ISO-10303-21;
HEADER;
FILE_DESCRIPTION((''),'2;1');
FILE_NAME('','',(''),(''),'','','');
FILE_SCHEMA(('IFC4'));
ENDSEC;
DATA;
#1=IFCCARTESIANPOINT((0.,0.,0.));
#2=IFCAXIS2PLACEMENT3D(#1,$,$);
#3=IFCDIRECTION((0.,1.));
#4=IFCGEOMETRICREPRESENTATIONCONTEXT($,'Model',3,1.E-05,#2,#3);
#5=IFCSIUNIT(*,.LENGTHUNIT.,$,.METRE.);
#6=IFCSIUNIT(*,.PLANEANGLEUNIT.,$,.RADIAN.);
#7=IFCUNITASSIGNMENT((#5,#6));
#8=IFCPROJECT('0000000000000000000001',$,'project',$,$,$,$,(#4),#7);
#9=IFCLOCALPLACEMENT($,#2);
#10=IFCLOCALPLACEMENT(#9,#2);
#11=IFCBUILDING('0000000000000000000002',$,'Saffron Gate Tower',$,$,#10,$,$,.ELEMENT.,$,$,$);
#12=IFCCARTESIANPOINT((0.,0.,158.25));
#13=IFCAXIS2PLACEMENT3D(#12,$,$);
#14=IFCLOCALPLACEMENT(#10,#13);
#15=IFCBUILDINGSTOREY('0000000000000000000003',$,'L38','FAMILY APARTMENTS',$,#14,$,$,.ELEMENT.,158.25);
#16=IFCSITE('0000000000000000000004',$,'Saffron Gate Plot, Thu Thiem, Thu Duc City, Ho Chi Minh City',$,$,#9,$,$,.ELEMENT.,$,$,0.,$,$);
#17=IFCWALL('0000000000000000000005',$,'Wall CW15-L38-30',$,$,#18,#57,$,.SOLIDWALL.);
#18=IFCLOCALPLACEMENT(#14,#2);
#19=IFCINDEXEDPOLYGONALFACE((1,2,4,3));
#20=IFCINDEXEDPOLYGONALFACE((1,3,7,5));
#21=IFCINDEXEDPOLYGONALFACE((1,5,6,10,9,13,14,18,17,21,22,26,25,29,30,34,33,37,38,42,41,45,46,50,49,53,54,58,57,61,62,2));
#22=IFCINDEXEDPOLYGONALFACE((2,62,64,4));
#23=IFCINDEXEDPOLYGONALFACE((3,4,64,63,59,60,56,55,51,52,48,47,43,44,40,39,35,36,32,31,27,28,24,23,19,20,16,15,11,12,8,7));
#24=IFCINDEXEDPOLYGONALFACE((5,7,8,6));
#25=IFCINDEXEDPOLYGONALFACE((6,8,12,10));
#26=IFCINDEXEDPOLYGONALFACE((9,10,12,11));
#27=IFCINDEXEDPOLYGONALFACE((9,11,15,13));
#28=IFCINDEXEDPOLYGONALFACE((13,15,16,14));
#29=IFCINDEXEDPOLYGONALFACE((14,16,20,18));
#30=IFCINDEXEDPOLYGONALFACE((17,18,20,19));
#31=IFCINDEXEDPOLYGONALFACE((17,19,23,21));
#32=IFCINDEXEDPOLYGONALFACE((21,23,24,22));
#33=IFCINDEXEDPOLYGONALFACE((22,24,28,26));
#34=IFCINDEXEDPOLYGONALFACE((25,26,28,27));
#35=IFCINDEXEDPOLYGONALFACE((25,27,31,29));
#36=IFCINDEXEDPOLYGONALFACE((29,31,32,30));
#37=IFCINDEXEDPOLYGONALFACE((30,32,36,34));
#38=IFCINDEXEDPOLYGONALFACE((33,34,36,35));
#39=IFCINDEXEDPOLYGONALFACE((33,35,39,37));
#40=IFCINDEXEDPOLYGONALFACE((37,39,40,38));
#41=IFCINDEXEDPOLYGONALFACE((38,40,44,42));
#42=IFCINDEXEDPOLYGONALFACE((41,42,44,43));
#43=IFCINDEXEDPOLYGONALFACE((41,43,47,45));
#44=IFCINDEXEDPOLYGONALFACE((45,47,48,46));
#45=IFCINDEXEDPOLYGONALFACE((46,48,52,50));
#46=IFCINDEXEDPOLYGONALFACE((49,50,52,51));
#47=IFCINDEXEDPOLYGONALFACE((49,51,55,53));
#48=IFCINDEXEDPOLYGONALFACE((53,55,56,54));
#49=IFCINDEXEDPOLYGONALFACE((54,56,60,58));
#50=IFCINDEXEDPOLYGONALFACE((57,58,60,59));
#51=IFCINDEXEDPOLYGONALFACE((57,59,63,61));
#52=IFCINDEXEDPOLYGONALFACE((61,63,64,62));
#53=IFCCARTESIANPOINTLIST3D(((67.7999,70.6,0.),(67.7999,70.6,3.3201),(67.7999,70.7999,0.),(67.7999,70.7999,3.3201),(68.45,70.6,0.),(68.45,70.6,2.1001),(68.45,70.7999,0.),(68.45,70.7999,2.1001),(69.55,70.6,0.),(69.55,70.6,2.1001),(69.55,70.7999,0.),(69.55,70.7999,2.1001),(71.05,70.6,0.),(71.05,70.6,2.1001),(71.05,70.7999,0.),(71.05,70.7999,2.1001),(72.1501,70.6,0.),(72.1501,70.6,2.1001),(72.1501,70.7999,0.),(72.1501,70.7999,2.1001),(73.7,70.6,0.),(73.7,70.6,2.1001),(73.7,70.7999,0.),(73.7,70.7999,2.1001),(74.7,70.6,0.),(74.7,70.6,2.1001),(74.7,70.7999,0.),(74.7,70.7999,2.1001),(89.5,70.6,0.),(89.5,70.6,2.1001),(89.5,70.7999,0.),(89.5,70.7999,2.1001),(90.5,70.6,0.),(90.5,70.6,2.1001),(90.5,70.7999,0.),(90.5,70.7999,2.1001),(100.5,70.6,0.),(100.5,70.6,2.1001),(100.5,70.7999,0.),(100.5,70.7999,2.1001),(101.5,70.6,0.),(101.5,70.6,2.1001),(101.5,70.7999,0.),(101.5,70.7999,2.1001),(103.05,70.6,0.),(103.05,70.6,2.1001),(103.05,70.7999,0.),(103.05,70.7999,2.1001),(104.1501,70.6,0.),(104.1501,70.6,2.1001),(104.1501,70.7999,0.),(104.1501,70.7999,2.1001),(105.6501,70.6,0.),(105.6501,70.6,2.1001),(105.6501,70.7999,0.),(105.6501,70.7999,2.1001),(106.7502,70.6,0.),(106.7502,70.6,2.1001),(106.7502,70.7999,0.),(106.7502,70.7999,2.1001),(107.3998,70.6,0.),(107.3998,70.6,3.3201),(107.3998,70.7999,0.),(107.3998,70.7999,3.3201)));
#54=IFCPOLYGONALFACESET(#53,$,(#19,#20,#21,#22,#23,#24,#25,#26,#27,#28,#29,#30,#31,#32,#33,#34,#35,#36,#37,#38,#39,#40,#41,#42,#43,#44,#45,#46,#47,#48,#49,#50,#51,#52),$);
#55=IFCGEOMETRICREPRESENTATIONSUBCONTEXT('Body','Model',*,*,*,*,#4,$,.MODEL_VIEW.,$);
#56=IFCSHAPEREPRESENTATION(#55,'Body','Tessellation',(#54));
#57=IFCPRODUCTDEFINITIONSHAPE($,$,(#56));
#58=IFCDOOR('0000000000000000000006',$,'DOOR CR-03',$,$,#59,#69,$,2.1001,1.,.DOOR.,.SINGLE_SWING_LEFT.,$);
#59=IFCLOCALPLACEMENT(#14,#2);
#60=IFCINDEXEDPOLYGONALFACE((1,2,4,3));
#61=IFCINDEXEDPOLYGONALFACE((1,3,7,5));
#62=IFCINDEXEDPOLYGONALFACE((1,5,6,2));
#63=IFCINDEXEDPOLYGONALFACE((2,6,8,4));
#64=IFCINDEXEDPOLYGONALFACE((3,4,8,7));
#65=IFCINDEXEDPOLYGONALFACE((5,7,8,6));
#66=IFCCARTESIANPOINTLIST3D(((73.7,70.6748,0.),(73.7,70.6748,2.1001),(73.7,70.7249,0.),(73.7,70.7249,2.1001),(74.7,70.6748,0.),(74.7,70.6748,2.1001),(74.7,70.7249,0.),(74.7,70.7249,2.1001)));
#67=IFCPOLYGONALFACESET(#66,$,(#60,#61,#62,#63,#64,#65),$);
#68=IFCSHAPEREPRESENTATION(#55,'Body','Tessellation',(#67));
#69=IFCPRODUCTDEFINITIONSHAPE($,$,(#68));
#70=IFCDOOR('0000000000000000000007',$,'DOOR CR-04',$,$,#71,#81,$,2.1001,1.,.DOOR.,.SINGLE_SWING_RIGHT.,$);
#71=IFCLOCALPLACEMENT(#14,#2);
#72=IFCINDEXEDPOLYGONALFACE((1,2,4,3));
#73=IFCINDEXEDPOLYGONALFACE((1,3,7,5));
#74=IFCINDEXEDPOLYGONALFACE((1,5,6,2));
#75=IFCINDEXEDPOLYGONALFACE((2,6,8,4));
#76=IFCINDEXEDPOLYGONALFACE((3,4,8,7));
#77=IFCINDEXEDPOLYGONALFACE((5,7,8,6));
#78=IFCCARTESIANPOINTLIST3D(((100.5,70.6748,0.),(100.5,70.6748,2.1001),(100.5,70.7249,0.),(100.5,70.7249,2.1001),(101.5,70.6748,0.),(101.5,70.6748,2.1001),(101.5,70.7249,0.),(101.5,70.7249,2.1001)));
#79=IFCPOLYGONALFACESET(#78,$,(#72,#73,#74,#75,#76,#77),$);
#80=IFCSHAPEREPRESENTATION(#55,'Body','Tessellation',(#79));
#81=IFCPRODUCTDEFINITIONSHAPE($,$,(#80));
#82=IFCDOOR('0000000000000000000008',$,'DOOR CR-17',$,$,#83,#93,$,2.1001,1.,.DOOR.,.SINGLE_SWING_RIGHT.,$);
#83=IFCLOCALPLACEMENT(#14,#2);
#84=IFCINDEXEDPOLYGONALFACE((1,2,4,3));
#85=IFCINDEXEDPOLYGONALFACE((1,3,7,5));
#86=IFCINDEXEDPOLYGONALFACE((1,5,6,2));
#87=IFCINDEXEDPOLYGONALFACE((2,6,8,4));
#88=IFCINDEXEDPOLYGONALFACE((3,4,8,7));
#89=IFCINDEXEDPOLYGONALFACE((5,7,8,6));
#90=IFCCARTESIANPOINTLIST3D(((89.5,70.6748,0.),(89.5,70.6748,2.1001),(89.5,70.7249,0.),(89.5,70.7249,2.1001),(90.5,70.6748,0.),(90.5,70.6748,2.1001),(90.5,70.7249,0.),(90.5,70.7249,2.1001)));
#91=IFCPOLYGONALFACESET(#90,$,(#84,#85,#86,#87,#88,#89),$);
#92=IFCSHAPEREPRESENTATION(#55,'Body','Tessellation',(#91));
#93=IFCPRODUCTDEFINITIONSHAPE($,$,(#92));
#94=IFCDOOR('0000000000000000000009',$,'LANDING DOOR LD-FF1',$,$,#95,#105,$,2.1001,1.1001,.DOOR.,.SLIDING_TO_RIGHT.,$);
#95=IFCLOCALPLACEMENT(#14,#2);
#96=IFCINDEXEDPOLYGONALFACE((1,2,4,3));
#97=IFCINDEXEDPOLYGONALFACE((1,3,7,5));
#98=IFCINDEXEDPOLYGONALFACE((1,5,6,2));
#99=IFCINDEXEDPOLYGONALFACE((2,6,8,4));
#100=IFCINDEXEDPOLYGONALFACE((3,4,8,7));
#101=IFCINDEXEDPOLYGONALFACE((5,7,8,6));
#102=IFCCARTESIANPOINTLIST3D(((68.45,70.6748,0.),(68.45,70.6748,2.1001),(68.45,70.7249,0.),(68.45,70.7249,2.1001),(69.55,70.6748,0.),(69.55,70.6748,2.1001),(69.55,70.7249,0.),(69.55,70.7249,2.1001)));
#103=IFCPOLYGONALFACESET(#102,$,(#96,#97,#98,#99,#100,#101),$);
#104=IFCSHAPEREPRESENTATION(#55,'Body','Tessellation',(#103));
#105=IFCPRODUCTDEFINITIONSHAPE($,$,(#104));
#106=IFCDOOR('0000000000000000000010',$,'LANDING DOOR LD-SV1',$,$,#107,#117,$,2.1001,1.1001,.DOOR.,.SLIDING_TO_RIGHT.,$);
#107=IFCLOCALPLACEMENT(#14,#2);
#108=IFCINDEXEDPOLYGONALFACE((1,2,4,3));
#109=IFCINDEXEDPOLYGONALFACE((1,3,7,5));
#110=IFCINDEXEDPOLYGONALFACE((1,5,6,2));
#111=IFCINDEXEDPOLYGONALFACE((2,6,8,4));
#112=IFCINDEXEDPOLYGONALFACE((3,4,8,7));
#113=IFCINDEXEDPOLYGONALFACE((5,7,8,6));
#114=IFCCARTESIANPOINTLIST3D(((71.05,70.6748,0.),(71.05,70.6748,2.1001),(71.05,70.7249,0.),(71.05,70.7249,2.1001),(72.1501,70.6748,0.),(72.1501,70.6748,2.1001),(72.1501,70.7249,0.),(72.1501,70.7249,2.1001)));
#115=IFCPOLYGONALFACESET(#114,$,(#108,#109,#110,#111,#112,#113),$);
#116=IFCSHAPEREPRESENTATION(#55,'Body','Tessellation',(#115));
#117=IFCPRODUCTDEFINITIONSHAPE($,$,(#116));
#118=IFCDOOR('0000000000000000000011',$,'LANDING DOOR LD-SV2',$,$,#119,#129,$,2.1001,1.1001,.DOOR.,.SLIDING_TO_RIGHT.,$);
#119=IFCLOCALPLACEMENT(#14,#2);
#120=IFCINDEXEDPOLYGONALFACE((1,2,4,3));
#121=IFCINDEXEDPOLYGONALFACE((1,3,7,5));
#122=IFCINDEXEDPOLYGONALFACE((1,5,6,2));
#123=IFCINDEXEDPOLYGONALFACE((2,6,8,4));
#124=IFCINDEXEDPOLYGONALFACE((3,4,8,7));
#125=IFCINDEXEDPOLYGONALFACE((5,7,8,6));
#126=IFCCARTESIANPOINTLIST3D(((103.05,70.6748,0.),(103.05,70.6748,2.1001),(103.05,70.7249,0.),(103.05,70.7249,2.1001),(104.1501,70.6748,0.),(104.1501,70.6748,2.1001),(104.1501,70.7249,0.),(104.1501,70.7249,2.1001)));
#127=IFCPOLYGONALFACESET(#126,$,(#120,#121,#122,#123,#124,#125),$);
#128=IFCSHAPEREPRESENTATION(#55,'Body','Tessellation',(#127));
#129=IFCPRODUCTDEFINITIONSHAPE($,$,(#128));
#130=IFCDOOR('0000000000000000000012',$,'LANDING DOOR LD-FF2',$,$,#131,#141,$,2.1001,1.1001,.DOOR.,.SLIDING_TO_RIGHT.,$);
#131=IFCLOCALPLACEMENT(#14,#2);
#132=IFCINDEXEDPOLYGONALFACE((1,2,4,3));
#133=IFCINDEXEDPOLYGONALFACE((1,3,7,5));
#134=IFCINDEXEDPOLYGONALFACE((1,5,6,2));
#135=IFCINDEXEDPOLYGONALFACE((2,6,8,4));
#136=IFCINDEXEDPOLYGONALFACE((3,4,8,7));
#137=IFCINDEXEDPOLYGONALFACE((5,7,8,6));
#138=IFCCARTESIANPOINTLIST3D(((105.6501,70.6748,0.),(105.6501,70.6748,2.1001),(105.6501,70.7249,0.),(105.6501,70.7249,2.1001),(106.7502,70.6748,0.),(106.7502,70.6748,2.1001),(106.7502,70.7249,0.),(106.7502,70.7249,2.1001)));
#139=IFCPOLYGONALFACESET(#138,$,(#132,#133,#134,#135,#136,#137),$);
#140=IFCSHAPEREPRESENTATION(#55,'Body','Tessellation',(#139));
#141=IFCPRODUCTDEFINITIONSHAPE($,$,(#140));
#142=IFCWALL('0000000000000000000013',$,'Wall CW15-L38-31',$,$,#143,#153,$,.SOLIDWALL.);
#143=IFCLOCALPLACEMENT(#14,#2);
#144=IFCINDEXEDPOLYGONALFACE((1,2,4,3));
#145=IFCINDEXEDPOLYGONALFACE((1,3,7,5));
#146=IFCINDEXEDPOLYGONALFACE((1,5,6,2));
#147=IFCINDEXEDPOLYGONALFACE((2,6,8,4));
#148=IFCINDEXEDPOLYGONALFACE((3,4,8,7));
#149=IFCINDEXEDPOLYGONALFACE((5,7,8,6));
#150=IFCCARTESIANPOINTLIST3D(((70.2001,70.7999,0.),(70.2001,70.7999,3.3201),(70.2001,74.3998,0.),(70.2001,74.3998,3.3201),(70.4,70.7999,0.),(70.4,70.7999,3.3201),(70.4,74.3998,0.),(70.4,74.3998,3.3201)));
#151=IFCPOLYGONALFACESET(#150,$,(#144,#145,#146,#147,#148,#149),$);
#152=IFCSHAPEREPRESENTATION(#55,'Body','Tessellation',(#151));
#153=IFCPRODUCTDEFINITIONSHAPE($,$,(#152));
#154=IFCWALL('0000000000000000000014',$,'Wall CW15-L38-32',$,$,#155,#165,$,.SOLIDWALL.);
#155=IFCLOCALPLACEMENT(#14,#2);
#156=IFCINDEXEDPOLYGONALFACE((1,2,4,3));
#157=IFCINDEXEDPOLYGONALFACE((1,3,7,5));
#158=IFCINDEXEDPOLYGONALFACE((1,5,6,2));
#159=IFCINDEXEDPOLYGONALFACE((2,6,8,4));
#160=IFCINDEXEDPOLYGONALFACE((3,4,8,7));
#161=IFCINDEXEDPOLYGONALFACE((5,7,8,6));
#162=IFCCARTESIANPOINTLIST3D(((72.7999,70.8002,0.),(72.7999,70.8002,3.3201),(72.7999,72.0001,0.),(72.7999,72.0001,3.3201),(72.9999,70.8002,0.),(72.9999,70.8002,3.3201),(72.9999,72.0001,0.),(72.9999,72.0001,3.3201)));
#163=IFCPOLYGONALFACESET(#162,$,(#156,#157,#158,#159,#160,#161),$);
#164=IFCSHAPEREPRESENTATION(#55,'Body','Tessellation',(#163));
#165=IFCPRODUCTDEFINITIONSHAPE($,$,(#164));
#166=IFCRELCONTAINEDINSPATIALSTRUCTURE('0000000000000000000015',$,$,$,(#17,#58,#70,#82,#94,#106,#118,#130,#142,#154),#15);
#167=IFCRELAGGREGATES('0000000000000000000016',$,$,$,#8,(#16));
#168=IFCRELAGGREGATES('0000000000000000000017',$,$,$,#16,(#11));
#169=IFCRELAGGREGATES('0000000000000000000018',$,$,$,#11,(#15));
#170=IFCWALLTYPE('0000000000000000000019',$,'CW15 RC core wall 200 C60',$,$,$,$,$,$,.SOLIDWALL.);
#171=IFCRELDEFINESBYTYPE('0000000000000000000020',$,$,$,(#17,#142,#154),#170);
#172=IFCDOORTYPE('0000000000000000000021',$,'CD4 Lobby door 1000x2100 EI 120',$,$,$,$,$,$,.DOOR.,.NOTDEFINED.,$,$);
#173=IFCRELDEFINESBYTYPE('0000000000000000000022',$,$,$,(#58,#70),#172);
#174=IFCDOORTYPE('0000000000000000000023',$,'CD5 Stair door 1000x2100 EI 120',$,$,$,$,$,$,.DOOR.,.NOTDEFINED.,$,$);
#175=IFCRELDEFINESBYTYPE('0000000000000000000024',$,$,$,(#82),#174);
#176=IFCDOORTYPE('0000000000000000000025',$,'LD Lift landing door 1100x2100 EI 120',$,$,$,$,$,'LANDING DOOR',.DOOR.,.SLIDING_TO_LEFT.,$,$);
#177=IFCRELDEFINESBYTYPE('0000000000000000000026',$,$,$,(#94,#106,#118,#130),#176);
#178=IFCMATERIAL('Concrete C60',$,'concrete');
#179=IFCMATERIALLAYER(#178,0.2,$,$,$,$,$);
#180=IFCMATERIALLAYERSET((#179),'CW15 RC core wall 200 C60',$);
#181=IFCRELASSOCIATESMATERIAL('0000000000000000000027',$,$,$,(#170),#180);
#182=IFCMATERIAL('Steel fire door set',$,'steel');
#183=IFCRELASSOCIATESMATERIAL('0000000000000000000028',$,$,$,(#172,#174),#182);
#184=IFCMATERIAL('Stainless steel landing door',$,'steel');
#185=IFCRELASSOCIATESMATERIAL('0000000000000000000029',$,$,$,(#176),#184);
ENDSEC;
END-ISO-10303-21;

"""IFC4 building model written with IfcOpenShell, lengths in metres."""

from ifc_helpers import new_model, si_unit, direction, frame, frame_2d, origin, place, context, subcontext, project, spatial, rectangle, extrude, material, layer, layer_set, type_object, element, fill, save


model = new_model("IFC4")

# Units and contexts
model_context = context("Model", 3, precision=1e-05, world=origin(), true_north=direction((0.0, 1.0)))
body_context = subcontext(model_context, "Body", "Model", "MODEL_VIEW")
ifc_project = project(units=[si_unit("LENGTHUNIT", "METRE"), si_unit("PLANEANGLEUNIT", "RADIAN")], contexts=[model_context])

# Site, building, storey
site_placement = place(None, origin())
site = spatial("IfcSite", under=ifc_project, at=site_placement, Name="Saffron Gate Plot, Thu Thiem, Thu Duc City, Ho Chi Minh City", CompositionType="ELEMENT", RefElevation=0.0)
building_placement = place(site_placement, origin())
building = spatial("IfcBuilding", under=site, at=building_placement, Name="Saffron Gate Tower", CompositionType="ELEMENT")
storey_placement = place(building_placement, frame((0.0, 0.0, 158.25)))
storey = spatial("IfcBuildingStorey", under=building, at=storey_placement, Name="L38", Description="FAMILY APARTMENTS", CompositionType="ELEMENT", Elevation=158.25)

# Shared definitions
ifc_material_1 = material(Name="Concrete C60", Category="concrete")

# Wall, openings, doors
ifc_layer_1 = layer(ifc_material_1, 0.2)
ifc_layer_set_1 = layer_set([ifc_layer_1], Name="CW15 RC core wall 200 C60")
wall_type_1 = type_object("IfcWallType", Name="CW15 RC core wall 200 C60", PredefinedType="SOLIDWALL", material=ifc_layer_set_1)
wall_1_placement = place(storey_placement, frame((67.8, 70.7, 0.0), z_axis=(0.0, 0.0, 1.0), x_axis=(1.0, 0.0, 0.0)))
wall_1 = element("IfcWall", 1, at=wall_1_placement, inside=storey, type_object=wall_type_1, Name="Wall CW15-L38-30", PredefinedType="SOLIDWALL", context=body_context, shape_type="SweptSolid", body=[
    extrude(rectangle(XDim=39.5999, YDim=0.2, at=frame_2d((19.7998, 0.0))), origin(), (0.0, 0.0, 1.0), 3.3201),
])
opening_1_placement = place(wall_1_placement, frame((0.6499, 0.0, 0.0)))
opening_1 = element("IfcOpeningElement", 2, at=opening_1_placement, cuts=wall_1, PredefinedType="OPENING", context=body_context, shape_type="SweptSolid", body=[
    extrude(rectangle(XDim=1.1001, YDim=2.1001, at=frame_2d((0.55, 1.05))), frame((0.0, 0.1099, 0.0), z_axis=(0.0, -1.0, 0.0), x_axis=(1.0, 0.0, 0.0)), (0.0, 0.0, 1.0), 0.22),
])
opening_2_placement = place(wall_1_placement, frame((3.25, 0.0, 0.0)))
opening_2 = element("IfcOpeningElement", 3, at=opening_2_placement, cuts=wall_1, PredefinedType="OPENING", context=body_context, shape_type="SweptSolid", body=[
    extrude(rectangle(XDim=1.1001, YDim=2.1001, at=frame_2d((0.55, 1.05))), frame((0.0, 0.1099, 0.0), z_axis=(0.0, -1.0, 0.0), x_axis=(1.0, 0.0, 0.0)), (0.0, 0.0, 1.0), 0.22),
])
opening_3_placement = place(wall_1_placement, frame((5.8999, 0.0, 0.0)))
opening_3 = element("IfcOpeningElement", 4, at=opening_3_placement, cuts=wall_1, PredefinedType="OPENING", context=body_context, shape_type="SweptSolid", body=[
    extrude(rectangle(XDim=1.0, YDim=2.1001, at=frame_2d((0.5, 1.05))), frame((0.0, 0.1099, 0.0), z_axis=(0.0, -1.0, 0.0), x_axis=(1.0, 0.0, 0.0)), (0.0, 0.0, 1.0), 0.22),
])
opening_4_placement = place(wall_1_placement, frame((21.7, 0.0, 0.0)))
opening_4 = element("IfcOpeningElement", 5, at=opening_4_placement, cuts=wall_1, PredefinedType="OPENING", context=body_context, shape_type="SweptSolid", body=[
    extrude(rectangle(XDim=1.0, YDim=2.1001, at=frame_2d((0.5, 1.05))), frame((0.0, 0.1099, 0.0), z_axis=(0.0, -1.0, 0.0), x_axis=(1.0, 0.0, 0.0)), (0.0, 0.0, 1.0), 0.22),
])
opening_5_placement = place(wall_1_placement, frame((32.7, 0.0, 0.0)))
opening_5 = element("IfcOpeningElement", 6, at=opening_5_placement, cuts=wall_1, PredefinedType="OPENING", context=body_context, shape_type="SweptSolid", body=[
    extrude(rectangle(XDim=1.0, YDim=2.1001, at=frame_2d((0.5, 1.05))), frame((0.0, 0.1099, 0.0), z_axis=(0.0, -1.0, 0.0), x_axis=(1.0, 0.0, 0.0)), (0.0, 0.0, 1.0), 0.22),
])
opening_6_placement = place(wall_1_placement, frame((35.25, 0.0, 0.0)))
opening_6 = element("IfcOpeningElement", 7, at=opening_6_placement, cuts=wall_1, PredefinedType="OPENING", context=body_context, shape_type="SweptSolid", body=[
    extrude(rectangle(XDim=1.1001, YDim=2.1001, at=frame_2d((0.55, 1.05))), frame((0.0, 0.1099, 0.0), z_axis=(0.0, -1.0, 0.0), x_axis=(1.0, 0.0, 0.0)), (0.0, 0.0, 1.0), 0.22),
])
opening_7_placement = place(wall_1_placement, frame((37.8501, 0.0, 0.0)))
opening_7 = element("IfcOpeningElement", 8, at=opening_7_placement, cuts=wall_1, PredefinedType="OPENING", context=body_context, shape_type="SweptSolid", body=[
    extrude(rectangle(XDim=1.1001, YDim=2.1001, at=frame_2d((0.55, 1.05))), frame((0.0, 0.1099, 0.0), z_axis=(0.0, -1.0, 0.0), x_axis=(1.0, 0.0, 0.0)), (0.0, 0.0, 1.0), 0.22),
])
ifc_material_2 = material(Name="Steel fire door set", Category="steel")
door_type_1 = type_object("IfcDoorType", Name="CD4 Lobby door 1000x2100 EI 120", OperationType="NOTDEFINED", PredefinedType="DOOR", material=ifc_material_2)
door_1_placement = place(opening_3_placement, origin())
door_1 = element("IfcDoor", 9, at=door_1_placement, inside=storey, type_object=door_type_1, Name="DOOR CR-03", OperationType="SINGLE_SWING_LEFT", OverallHeight=2.1001, OverallWidth=1.0, PredefinedType="DOOR", context=body_context, shape_type="SweptSolid", body=[
    extrude(rectangle(XDim=1.0, YDim=2.1001, at=frame_2d((0.5, 1.05))), frame((0.0, 0.0249, 0.0), z_axis=(0.0, -1.0, 0.0), x_axis=(1.0, 0.0, 0.0)), (0.0, 0.0, 1.0), 0.05),
])
fill(opening_3, door_1)
door_2_placement = place(opening_5_placement, origin())
door_2 = element("IfcDoor", 10, at=door_2_placement, inside=storey, type_object=door_type_1, Name="DOOR CR-04", OperationType="SINGLE_SWING_RIGHT", OverallHeight=2.1001, OverallWidth=1.0, PredefinedType="DOOR", context=body_context, shape_type="SweptSolid", body=[
    extrude(rectangle(XDim=1.0, YDim=2.1001, at=frame_2d((0.5, 1.05))), frame((0.0, 0.0249, 0.0), z_axis=(0.0, -1.0, 0.0), x_axis=(1.0, 0.0, 0.0)), (0.0, 0.0, 1.0), 0.05),
])
fill(opening_5, door_2)
door_type_2 = type_object("IfcDoorType", Name="CD5 Stair door 1000x2100 EI 120", OperationType="NOTDEFINED", PredefinedType="DOOR", material=ifc_material_2)
door_3_placement = place(opening_4_placement, origin())
door_3 = element("IfcDoor", 11, at=door_3_placement, inside=storey, type_object=door_type_2, Name="DOOR CR-17", OperationType="SINGLE_SWING_RIGHT", OverallHeight=2.1001, OverallWidth=1.0, PredefinedType="DOOR", context=body_context, shape_type="SweptSolid", body=[
    extrude(rectangle(XDim=1.0, YDim=2.1001, at=frame_2d((0.5, 1.05))), frame((0.0, 0.0249, 0.0), z_axis=(0.0, -1.0, 0.0), x_axis=(1.0, 0.0, 0.0)), (0.0, 0.0, 1.0), 0.05),
])
fill(opening_4, door_3)
ifc_material_3 = material(Name="Stainless steel landing door", Category="steel")
door_type_3 = type_object("IfcDoorType", Name="LD Lift landing door 1100x2100 EI 120", ElementType="LANDING DOOR", OperationType="SLIDING_TO_LEFT", PredefinedType="DOOR", material=ifc_material_3)
door_4_placement = place(opening_1_placement, origin())
door_4 = element("IfcDoor", 12, at=door_4_placement, inside=storey, type_object=door_type_3, Name="LANDING DOOR LD-FF1", OperationType="SLIDING_TO_RIGHT", OverallHeight=2.1001, OverallWidth=1.1001, PredefinedType="DOOR", context=body_context, shape_type="SweptSolid", body=[
    extrude(rectangle(XDim=1.1001, YDim=2.1001, at=frame_2d((0.55, 1.05))), frame((0.0, 0.0249, 0.0), z_axis=(0.0, -1.0, 0.0), x_axis=(1.0, 0.0, 0.0)), (0.0, 0.0, 1.0), 0.05),
])
fill(opening_1, door_4)
door_5_placement = place(opening_2_placement, origin())
door_5 = element("IfcDoor", 13, at=door_5_placement, inside=storey, type_object=door_type_3, Name="LANDING DOOR LD-SV1", OperationType="SLIDING_TO_RIGHT", OverallHeight=2.1001, OverallWidth=1.1001, PredefinedType="DOOR", context=body_context, shape_type="SweptSolid", body=[
    extrude(rectangle(XDim=1.1001, YDim=2.1001, at=frame_2d((0.55, 1.05))), frame((0.0, 0.0249, 0.0), z_axis=(0.0, -1.0, 0.0), x_axis=(1.0, 0.0, 0.0)), (0.0, 0.0, 1.0), 0.05),
])
fill(opening_2, door_5)
door_6_placement = place(opening_6_placement, origin())
door_6 = element("IfcDoor", 14, at=door_6_placement, inside=storey, type_object=door_type_3, Name="LANDING DOOR LD-SV2", OperationType="SLIDING_TO_RIGHT", OverallHeight=2.1001, OverallWidth=1.1001, PredefinedType="DOOR", context=body_context, shape_type="SweptSolid", body=[
    extrude(rectangle(XDim=1.1001, YDim=2.1001, at=frame_2d((0.55, 1.05))), frame((0.0, 0.0249, 0.0), z_axis=(0.0, -1.0, 0.0), x_axis=(1.0, 0.0, 0.0)), (0.0, 0.0, 1.0), 0.05),
])
fill(opening_6, door_6)
door_7_placement = place(opening_7_placement, origin())
door_7 = element("IfcDoor", 15, at=door_7_placement, inside=storey, type_object=door_type_3, Name="LANDING DOOR LD-FF2", OperationType="SLIDING_TO_RIGHT", OverallHeight=2.1001, OverallWidth=1.1001, PredefinedType="DOOR", context=body_context, shape_type="SweptSolid", body=[
    extrude(rectangle(XDim=1.1001, YDim=2.1001, at=frame_2d((0.55, 1.05))), frame((0.0, 0.0249, 0.0), z_axis=(0.0, -1.0, 0.0), x_axis=(1.0, 0.0, 0.0)), (0.0, 0.0, 1.0), 0.05),
])
fill(opening_7, door_7)

# Walls
wall_2_placement = place(storey_placement, frame((70.3, 70.8, 0.0), z_axis=(0.0, 0.0, 1.0), x_axis=(0.0, 1.0, 0.0)))
element("IfcWall", 16, at=wall_2_placement, inside=storey, type_object=wall_type_1, Name="Wall CW15-L38-31", PredefinedType="SOLIDWALL", context=body_context, shape_type="SweptSolid", body=[
    extrude(rectangle(XDim=3.5999, YDim=0.2, at=frame_2d((1.7998, 0.0))), origin(), (0.0, 0.0, 1.0), 3.3201),
])
wall_3_placement = place(storey_placement, frame((72.8999, 70.8, 0.0), z_axis=(0.0, 0.0, 1.0), x_axis=(0.0, 1.0, 0.0)))
element("IfcWall", 17, at=wall_3_placement, inside=storey, type_object=wall_type_1, Name="Wall CW15-L38-32", PredefinedType="SOLIDWALL", context=body_context, shape_type="SweptSolid", body=[
    extrude(rectangle(XDim=1.2, YDim=0.2, at=frame_2d((0.6001, 0.0))), origin(), (0.0, 0.0, 1.0), 3.3201),
])

save(model, "model.ifc")
